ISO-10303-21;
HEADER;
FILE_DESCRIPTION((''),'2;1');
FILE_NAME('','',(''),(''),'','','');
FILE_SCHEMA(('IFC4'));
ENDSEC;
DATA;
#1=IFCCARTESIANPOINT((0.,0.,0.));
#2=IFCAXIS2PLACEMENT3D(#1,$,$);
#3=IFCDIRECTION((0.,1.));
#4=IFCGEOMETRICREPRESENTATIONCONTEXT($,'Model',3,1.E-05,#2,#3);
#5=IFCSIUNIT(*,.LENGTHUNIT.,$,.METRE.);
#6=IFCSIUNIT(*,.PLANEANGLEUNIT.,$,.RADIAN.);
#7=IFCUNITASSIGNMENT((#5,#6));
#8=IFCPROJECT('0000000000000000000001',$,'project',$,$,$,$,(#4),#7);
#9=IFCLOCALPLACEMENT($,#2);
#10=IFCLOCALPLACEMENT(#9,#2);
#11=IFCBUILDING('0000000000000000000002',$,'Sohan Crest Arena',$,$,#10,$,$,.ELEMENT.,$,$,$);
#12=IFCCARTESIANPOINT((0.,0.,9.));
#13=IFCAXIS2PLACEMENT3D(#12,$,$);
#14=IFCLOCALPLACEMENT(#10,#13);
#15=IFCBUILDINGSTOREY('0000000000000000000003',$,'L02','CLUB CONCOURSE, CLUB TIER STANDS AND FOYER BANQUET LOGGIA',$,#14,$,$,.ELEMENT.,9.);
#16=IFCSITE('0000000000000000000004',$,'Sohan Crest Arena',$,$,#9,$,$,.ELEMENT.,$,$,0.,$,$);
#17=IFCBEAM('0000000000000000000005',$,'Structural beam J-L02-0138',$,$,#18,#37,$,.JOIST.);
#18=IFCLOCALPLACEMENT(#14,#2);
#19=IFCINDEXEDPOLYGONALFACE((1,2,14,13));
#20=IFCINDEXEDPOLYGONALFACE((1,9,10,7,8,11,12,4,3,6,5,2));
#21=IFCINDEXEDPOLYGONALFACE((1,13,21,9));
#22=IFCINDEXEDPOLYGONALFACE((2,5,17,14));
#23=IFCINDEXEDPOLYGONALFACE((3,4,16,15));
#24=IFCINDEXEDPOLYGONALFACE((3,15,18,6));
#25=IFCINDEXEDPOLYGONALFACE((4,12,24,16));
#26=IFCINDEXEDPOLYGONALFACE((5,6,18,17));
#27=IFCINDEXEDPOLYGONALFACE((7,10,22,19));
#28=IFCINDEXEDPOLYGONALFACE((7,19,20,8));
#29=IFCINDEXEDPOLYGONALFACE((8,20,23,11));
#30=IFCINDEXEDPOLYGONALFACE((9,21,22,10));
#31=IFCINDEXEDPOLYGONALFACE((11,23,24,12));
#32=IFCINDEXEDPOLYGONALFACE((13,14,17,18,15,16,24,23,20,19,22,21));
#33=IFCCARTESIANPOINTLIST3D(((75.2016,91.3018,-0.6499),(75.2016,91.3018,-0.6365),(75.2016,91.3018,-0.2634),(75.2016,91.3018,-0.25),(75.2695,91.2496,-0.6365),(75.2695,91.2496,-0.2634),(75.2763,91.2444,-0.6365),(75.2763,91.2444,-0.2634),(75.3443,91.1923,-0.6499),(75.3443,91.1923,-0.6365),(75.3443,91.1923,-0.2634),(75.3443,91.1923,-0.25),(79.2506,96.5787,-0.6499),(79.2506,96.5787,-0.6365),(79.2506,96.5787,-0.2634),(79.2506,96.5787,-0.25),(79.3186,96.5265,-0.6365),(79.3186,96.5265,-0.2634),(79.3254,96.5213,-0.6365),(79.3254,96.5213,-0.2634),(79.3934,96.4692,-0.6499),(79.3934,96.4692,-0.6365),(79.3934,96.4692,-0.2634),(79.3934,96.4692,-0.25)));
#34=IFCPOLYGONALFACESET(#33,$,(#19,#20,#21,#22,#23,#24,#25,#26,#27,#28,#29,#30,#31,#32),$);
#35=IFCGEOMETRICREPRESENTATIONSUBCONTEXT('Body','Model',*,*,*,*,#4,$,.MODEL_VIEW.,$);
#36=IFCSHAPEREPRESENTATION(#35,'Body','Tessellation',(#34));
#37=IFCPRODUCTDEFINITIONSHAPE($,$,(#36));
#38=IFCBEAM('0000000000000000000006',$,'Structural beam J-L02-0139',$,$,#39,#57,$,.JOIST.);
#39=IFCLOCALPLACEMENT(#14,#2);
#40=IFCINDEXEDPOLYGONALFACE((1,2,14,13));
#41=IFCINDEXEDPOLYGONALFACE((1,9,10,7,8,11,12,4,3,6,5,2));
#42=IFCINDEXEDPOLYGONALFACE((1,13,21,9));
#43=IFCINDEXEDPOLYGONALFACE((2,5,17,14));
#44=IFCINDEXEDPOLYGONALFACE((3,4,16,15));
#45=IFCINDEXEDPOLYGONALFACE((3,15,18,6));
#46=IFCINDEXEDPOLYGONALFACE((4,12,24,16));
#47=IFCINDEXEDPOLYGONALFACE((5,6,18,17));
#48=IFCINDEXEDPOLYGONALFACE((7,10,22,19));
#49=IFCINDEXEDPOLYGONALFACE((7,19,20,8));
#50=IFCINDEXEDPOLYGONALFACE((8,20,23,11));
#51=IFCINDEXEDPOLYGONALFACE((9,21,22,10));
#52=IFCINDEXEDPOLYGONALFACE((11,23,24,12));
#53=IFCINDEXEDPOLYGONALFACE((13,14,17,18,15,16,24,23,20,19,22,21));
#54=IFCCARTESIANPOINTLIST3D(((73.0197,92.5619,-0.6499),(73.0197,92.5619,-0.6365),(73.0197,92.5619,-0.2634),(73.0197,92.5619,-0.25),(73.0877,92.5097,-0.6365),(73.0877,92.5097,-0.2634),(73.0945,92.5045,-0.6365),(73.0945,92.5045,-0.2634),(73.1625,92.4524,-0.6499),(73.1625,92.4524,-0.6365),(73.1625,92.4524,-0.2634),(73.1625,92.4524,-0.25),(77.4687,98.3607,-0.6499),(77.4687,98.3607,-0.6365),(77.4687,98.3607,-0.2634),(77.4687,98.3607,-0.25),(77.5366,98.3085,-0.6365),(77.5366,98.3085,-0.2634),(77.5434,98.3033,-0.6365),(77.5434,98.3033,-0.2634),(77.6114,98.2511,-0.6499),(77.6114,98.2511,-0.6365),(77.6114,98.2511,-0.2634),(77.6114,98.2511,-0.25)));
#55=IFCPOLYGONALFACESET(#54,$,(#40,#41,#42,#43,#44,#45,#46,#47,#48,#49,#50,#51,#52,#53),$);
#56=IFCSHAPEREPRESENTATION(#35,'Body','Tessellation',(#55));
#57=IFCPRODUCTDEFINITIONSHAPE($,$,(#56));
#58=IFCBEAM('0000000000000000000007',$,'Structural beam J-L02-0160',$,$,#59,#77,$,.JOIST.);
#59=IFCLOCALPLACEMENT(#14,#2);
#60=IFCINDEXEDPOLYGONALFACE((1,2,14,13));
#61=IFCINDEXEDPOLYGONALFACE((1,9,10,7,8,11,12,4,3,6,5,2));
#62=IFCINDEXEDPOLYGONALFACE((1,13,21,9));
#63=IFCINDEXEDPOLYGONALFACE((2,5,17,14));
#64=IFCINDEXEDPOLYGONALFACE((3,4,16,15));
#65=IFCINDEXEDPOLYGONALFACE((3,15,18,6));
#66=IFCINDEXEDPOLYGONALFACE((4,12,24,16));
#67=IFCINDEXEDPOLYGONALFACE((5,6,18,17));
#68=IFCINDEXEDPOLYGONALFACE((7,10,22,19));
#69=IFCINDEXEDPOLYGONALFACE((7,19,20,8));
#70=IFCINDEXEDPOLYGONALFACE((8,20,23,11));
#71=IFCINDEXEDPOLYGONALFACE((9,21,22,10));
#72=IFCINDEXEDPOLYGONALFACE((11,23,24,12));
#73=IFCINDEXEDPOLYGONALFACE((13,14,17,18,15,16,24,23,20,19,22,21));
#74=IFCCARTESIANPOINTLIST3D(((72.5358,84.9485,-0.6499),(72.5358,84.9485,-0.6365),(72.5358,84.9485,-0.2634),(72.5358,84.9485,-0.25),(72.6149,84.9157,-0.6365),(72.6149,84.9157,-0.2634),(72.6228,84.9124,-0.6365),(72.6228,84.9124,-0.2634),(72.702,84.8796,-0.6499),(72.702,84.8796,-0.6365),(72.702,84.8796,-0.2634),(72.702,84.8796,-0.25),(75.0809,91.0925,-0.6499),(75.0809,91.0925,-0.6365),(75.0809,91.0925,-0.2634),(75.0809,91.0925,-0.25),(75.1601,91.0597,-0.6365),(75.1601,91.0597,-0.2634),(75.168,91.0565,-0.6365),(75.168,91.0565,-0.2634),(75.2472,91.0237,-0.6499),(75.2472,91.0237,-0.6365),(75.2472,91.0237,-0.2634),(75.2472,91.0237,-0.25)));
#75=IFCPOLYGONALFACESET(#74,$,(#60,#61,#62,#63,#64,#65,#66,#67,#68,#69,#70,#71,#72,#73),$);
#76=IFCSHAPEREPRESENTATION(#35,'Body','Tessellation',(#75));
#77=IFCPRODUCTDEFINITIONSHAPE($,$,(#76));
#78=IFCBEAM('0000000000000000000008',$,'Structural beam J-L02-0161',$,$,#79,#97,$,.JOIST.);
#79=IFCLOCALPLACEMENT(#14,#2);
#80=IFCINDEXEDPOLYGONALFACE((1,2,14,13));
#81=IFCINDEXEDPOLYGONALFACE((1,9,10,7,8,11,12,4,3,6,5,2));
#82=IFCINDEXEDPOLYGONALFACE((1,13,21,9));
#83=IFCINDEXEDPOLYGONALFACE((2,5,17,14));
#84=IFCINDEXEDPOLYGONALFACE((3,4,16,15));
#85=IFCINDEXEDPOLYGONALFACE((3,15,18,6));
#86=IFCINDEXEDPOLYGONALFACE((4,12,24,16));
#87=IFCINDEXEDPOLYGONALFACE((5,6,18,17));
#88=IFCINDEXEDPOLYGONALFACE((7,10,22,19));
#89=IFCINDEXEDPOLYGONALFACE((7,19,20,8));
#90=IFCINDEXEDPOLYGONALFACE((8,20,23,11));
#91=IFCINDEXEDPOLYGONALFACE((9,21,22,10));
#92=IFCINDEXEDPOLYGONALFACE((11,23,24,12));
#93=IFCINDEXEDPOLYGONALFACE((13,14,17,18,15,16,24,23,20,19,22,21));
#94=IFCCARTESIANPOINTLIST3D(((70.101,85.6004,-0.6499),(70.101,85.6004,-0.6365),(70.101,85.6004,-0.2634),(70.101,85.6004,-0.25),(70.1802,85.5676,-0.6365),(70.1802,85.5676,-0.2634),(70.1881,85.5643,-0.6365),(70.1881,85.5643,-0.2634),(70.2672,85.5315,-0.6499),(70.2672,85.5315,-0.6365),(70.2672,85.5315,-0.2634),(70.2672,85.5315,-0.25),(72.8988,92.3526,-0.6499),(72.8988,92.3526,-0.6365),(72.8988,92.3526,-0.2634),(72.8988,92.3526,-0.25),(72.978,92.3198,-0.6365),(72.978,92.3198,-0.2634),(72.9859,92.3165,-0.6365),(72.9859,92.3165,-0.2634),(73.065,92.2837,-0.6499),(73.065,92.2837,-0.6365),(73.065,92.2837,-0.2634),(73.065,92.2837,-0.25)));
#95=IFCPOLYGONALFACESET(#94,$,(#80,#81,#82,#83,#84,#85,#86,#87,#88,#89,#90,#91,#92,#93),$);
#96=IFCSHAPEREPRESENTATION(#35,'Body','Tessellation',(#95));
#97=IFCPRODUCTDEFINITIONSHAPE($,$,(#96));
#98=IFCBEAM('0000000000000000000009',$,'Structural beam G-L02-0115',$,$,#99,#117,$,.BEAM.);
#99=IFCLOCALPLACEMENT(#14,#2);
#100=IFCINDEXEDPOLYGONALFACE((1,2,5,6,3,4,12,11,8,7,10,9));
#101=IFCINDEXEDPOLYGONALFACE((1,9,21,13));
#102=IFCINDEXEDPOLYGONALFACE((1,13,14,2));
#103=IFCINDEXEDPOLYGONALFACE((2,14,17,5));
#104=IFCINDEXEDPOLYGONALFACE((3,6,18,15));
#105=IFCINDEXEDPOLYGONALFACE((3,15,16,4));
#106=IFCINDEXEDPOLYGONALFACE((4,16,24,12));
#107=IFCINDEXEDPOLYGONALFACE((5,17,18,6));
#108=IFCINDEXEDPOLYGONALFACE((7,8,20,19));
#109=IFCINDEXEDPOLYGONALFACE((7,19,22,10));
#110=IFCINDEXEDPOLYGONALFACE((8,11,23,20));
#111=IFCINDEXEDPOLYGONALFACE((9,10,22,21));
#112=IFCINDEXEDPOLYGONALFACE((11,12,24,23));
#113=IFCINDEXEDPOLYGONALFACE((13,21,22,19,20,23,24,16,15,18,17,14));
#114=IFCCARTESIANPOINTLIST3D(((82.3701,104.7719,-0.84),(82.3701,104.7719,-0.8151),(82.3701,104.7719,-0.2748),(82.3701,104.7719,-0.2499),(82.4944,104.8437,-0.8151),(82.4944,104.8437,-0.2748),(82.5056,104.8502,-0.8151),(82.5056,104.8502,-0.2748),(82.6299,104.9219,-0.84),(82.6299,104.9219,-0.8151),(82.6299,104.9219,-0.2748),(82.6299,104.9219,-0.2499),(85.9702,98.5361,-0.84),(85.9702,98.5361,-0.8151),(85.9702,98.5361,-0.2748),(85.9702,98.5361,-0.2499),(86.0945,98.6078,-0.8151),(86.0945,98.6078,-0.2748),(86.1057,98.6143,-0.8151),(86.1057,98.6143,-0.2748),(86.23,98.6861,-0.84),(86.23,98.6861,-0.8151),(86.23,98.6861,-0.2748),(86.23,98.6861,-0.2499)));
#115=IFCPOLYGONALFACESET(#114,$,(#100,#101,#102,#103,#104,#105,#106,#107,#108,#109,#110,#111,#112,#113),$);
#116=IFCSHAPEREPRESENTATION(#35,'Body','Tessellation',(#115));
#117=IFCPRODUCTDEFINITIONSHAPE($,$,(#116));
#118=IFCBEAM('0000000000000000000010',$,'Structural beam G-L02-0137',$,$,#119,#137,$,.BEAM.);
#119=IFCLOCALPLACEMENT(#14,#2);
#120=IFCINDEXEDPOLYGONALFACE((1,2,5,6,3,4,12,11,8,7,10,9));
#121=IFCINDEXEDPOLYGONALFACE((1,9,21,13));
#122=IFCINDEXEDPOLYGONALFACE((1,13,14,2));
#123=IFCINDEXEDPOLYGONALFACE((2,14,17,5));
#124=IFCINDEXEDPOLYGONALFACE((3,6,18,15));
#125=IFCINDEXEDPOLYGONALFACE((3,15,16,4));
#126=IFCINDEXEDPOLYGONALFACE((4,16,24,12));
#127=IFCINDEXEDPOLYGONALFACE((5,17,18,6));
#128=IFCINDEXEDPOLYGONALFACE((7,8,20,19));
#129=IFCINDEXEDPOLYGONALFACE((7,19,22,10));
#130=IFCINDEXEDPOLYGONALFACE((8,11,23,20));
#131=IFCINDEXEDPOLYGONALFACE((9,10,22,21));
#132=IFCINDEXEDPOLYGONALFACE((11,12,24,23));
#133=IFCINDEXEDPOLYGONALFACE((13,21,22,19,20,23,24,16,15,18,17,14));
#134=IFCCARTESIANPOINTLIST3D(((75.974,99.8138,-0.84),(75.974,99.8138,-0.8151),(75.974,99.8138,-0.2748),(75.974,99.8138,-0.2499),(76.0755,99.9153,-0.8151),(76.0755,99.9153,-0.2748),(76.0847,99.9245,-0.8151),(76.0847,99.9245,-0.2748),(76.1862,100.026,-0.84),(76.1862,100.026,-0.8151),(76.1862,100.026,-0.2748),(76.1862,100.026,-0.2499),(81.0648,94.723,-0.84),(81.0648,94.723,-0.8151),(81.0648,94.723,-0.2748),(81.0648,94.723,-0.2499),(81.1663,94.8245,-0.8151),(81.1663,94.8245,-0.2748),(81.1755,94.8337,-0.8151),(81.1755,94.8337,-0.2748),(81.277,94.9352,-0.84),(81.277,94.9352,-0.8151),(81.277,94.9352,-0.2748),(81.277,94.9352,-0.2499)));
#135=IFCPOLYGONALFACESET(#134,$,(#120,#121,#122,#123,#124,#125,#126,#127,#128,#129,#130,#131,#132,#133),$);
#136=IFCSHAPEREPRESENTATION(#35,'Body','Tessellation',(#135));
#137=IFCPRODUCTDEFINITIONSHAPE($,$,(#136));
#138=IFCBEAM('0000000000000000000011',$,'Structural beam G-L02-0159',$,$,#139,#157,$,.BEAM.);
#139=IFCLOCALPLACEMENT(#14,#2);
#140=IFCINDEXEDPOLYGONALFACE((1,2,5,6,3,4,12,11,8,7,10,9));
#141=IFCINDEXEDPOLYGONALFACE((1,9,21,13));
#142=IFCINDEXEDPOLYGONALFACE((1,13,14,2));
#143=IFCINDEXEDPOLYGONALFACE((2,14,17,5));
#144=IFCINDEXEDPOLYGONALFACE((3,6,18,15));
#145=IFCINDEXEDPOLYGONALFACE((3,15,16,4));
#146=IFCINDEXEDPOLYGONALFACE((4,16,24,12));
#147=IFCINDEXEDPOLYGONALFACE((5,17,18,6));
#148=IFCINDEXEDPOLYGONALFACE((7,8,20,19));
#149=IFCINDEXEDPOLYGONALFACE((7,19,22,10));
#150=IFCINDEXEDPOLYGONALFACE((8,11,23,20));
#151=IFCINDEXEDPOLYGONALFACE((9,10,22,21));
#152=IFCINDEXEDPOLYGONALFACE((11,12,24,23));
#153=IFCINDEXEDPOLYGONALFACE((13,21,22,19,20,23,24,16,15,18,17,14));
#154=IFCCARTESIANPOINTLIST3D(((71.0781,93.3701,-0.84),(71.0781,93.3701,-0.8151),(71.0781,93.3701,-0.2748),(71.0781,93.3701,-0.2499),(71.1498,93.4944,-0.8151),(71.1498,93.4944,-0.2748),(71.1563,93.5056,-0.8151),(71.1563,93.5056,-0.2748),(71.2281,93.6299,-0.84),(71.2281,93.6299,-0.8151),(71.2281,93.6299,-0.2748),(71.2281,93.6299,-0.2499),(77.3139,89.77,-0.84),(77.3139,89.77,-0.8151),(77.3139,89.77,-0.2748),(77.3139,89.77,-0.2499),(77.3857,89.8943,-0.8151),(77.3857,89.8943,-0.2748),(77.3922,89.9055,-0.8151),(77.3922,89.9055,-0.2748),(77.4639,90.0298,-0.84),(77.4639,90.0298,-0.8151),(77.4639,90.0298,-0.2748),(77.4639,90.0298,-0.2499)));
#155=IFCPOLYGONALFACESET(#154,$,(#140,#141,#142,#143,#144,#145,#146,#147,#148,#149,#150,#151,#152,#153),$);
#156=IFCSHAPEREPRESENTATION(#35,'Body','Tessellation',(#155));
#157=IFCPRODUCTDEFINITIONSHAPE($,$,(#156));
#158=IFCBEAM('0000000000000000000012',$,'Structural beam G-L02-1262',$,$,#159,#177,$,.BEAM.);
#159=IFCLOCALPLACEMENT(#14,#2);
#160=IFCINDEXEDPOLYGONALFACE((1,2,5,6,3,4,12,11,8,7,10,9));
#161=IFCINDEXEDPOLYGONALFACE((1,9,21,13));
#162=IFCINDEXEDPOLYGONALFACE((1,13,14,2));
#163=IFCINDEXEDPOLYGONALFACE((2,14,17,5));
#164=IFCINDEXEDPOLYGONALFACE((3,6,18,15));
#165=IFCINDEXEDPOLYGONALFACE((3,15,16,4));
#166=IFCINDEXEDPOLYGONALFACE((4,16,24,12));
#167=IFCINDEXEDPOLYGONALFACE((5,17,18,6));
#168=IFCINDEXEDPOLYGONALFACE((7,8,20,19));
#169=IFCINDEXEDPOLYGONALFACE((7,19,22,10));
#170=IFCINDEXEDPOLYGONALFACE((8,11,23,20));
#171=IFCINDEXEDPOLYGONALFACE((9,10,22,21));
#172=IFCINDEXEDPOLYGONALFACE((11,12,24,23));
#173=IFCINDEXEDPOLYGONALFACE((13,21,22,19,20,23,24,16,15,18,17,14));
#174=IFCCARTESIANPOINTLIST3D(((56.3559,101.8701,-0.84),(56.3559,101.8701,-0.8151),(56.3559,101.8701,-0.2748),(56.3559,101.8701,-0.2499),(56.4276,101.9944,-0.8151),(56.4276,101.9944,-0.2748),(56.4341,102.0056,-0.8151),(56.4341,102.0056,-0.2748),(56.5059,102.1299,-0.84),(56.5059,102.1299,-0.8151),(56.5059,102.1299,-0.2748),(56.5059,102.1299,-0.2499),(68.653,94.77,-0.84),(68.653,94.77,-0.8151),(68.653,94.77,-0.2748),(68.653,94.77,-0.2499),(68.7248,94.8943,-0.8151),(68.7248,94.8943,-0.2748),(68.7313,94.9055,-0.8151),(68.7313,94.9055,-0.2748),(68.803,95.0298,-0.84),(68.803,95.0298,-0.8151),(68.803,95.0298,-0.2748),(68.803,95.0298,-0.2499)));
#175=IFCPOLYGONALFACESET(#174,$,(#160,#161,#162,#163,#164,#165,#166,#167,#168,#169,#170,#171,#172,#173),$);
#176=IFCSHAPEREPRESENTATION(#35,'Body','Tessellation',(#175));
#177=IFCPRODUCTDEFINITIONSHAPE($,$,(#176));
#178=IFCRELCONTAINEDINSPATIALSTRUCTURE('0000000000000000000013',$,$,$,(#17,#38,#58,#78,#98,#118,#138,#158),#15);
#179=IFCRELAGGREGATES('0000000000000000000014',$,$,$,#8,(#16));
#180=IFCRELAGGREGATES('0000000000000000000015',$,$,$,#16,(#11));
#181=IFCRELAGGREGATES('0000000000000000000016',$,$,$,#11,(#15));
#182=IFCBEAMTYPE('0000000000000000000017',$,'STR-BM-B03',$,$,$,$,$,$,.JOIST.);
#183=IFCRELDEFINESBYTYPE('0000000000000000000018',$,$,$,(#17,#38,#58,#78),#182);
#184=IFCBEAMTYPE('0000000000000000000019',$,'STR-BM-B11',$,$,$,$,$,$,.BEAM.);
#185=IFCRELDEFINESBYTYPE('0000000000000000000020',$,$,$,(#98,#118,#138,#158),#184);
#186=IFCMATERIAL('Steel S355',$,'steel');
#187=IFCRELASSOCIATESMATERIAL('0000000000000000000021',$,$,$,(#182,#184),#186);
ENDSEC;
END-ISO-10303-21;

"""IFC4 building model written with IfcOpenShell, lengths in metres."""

from ifc_helpers import new_model, si_unit, direction, frame, origin, origin_2d, place, context, subcontext, project, spatial, i_section, extrude, material, material_profile, profile_set, type_object, element, save


model = new_model("IFC4")

# Units and contexts
model_context = context("Model", 3, precision=1e-05, world=origin(), true_north=direction((0.0, 1.0)))
body_context = subcontext(model_context, "Body", "Model", "MODEL_VIEW")
ifc_project = project(units=[si_unit("LENGTHUNIT", "METRE"), si_unit("PLANEANGLEUNIT", "RADIAN")], contexts=[model_context])

# Site, building, storey
site_placement = place(None, origin())
site = spatial("IfcSite", under=ifc_project, at=site_placement, Name="Sohan Crest Arena", CompositionType="ELEMENT", RefElevation=0.0)
building_placement = place(site_placement, origin())
building = spatial("IfcBuilding", under=site, at=building_placement, Name="Sohan Crest Arena", CompositionType="ELEMENT")
storey_placement = place(building_placement, frame((0.0, 0.0, 9.0)))
storey = spatial("IfcBuildingStorey", under=building, at=storey_placement, Name="L02", Description="CLUB CONCOURSE, CLUB TIER STANDS AND FOYER BANQUET LOGGIA", CompositionType="ELEMENT", Elevation=9.0)

# Shared definitions
ifc_material_1 = material(Name="Steel S355", Category="steel")

# Beams
ifc_material_profile_1 = material_profile(ifc_material_1, i_section(OverallWidth=0.1799, OverallDepth=0.3999, WebThickness=0.0085, FlangeThickness=0.0134, at=origin_2d()), Name="IPE 400")
ifc_profile_set_1 = profile_set([ifc_material_profile_1], Name="Steel S355")
beam_type_1 = type_object("IfcBeamType", Name="STR-BM-B03", PredefinedType="JOIST", material=ifc_profile_set_1)
beam_1_placement = place(storey_placement, frame((79.322, 96.5239, -0.45), z_axis=(-0.608761, -0.793353, 0.0), x_axis=(0.793353, -0.608761, 0.0)))
element("IfcBeam", 1, at=beam_1_placement, inside=storey, type_object=beam_type_1, Name="Structural beam J-L02-0138", PredefinedType="JOIST", context=body_context, shape_type="SweptSolid", body=[
    extrude(i_section(OverallWidth=0.1799, OverallDepth=0.3999, WebThickness=0.0085, FlangeThickness=0.0134, at=origin_2d()), origin(), (0.0, 0.0, 1.0), 6.6514),
])
beam_2_placement = place(storey_placement, frame((77.54, 98.3059, -0.45), z_axis=(-0.608708, -0.793394, 0.0), x_axis=(0.793394, -0.608708, 0.0)))
element("IfcBeam", 2, at=beam_2_placement, inside=storey, type_object=beam_type_1, Name="Structural beam J-L02-0139", PredefinedType="JOIST", context=body_context, shape_type="SweptSolid", body=[
    extrude(i_section(OverallWidth=0.1799, OverallDepth=0.3999, WebThickness=0.0085, FlangeThickness=0.0134, at=origin_2d()), origin(), (0.0, 0.0, 1.0), 7.3088),
])
beam_3_placement = place(storey_placement, frame((75.1641, 91.0581, -0.45), z_axis=(-0.382712, -0.923868, 0.0), x_axis=(0.923868, -0.382712, 0.0)))
element("IfcBeam", 3, at=beam_3_placement, inside=storey, type_object=beam_type_1, Name="Structural beam J-L02-0160", PredefinedType="JOIST", context=body_context, shape_type="SweptSolid", body=[
    extrude(i_section(OverallWidth=0.1799, OverallDepth=0.3999, WebThickness=0.0085, FlangeThickness=0.0134, at=origin_2d()), origin(), (0.0, 0.0, 1.0), 6.6504),
])
beam_4_placement = place(storey_placement, frame((72.9819, 92.3181, -0.45), z_axis=(-0.3828, -0.923831, 0.0), x_axis=(0.923831, -0.3828, 0.0)))
element("IfcBeam", 4, at=beam_4_placement, inside=storey, type_object=beam_type_1, Name="Structural beam J-L02-0161", PredefinedType="JOIST", context=body_context, shape_type="SweptSolid", body=[
    extrude(i_section(OverallWidth=0.1799, OverallDepth=0.3999, WebThickness=0.0085, FlangeThickness=0.0134, at=origin_2d()), origin(), (0.0, 0.0, 1.0), 7.3088),
])
ifc_material_profile_2 = material_profile(ifc_material_1, i_section(OverallWidth=0.3, OverallDepth=0.5901, WebThickness=0.0129, FlangeThickness=0.0249, at=origin_2d()), Name="HEA 600")
ifc_profile_set_2 = profile_set([ifc_material_profile_2], Name="Steel S355")
beam_type_2 = type_object("IfcBeamType", Name="STR-BM-B11", PredefinedType="BEAM", material=ifc_profile_set_2)
beam_5_placement = place(storey_placement, frame((86.1001, 98.6111, -0.5449), z_axis=(-0.499983, 0.866035, 0.0), x_axis=(-0.866035, -0.499983, 0.0)))
element("IfcBeam", 5, at=beam_5_placement, inside=storey, type_object=beam_type_2, Name="Structural beam G-L02-0115", PredefinedType="BEAM", context=body_context, shape_type="SweptSolid", body=[
    extrude(i_section(OverallWidth=0.3, OverallDepth=0.5901, WebThickness=0.0129, FlangeThickness=0.0249, at=origin_2d()), origin(), (0.0, 0.0, 1.0), 7.2004),
])
beam_6_placement = place(storey_placement, frame((81.1709, 94.8291, -0.5449), z_axis=(-0.707107, 0.707107, 0.0), x_axis=(-0.707107, -0.707107, 0.0)))
element("IfcBeam", 6, at=beam_6_placement, inside=storey, type_object=beam_type_2, Name="Structural beam G-L02-0137", PredefinedType="BEAM", context=body_context, shape_type="SweptSolid", body=[
    extrude(i_section(OverallWidth=0.3, OverallDepth=0.5901, WebThickness=0.0129, FlangeThickness=0.0249, at=origin_2d()), origin(), (0.0, 0.0, 1.0), 7.1995),
])
beam_7_placement = place(storey_placement, frame((77.3889, 89.8999, -0.5449), z_axis=(-0.866035, 0.499983, 0.0), x_axis=(-0.499983, -0.866035, 0.0)))
element("IfcBeam", 7, at=beam_7_placement, inside=storey, type_object=beam_type_2, Name="Structural beam G-L02-0159", PredefinedType="BEAM", context=body_context, shape_type="SweptSolid", body=[
    extrude(i_section(OverallWidth=0.3, OverallDepth=0.5901, WebThickness=0.0129, FlangeThickness=0.0249, at=origin_2d()), origin(), (0.0, 0.0, 1.0), 7.2004),
])
beam_8_placement = place(storey_placement, frame((68.728, 94.8999, -0.5449), z_axis=(-0.866015, 0.500019, 0.0), x_axis=(-0.500019, -0.866015, 0.0)))
element("IfcBeam", 8, at=beam_8_placement, inside=storey, type_object=beam_type_2, Name="Structural beam G-L02-1262", PredefinedType="BEAM", context=body_context, shape_type="SweptSolid", body=[
    extrude(i_section(OverallWidth=0.3, OverallDepth=0.5901, WebThickness=0.0129, FlangeThickness=0.0249, at=origin_2d()), origin(), (0.0, 0.0, 1.0), 14.1997),
])

save(model, "model.ifc")
